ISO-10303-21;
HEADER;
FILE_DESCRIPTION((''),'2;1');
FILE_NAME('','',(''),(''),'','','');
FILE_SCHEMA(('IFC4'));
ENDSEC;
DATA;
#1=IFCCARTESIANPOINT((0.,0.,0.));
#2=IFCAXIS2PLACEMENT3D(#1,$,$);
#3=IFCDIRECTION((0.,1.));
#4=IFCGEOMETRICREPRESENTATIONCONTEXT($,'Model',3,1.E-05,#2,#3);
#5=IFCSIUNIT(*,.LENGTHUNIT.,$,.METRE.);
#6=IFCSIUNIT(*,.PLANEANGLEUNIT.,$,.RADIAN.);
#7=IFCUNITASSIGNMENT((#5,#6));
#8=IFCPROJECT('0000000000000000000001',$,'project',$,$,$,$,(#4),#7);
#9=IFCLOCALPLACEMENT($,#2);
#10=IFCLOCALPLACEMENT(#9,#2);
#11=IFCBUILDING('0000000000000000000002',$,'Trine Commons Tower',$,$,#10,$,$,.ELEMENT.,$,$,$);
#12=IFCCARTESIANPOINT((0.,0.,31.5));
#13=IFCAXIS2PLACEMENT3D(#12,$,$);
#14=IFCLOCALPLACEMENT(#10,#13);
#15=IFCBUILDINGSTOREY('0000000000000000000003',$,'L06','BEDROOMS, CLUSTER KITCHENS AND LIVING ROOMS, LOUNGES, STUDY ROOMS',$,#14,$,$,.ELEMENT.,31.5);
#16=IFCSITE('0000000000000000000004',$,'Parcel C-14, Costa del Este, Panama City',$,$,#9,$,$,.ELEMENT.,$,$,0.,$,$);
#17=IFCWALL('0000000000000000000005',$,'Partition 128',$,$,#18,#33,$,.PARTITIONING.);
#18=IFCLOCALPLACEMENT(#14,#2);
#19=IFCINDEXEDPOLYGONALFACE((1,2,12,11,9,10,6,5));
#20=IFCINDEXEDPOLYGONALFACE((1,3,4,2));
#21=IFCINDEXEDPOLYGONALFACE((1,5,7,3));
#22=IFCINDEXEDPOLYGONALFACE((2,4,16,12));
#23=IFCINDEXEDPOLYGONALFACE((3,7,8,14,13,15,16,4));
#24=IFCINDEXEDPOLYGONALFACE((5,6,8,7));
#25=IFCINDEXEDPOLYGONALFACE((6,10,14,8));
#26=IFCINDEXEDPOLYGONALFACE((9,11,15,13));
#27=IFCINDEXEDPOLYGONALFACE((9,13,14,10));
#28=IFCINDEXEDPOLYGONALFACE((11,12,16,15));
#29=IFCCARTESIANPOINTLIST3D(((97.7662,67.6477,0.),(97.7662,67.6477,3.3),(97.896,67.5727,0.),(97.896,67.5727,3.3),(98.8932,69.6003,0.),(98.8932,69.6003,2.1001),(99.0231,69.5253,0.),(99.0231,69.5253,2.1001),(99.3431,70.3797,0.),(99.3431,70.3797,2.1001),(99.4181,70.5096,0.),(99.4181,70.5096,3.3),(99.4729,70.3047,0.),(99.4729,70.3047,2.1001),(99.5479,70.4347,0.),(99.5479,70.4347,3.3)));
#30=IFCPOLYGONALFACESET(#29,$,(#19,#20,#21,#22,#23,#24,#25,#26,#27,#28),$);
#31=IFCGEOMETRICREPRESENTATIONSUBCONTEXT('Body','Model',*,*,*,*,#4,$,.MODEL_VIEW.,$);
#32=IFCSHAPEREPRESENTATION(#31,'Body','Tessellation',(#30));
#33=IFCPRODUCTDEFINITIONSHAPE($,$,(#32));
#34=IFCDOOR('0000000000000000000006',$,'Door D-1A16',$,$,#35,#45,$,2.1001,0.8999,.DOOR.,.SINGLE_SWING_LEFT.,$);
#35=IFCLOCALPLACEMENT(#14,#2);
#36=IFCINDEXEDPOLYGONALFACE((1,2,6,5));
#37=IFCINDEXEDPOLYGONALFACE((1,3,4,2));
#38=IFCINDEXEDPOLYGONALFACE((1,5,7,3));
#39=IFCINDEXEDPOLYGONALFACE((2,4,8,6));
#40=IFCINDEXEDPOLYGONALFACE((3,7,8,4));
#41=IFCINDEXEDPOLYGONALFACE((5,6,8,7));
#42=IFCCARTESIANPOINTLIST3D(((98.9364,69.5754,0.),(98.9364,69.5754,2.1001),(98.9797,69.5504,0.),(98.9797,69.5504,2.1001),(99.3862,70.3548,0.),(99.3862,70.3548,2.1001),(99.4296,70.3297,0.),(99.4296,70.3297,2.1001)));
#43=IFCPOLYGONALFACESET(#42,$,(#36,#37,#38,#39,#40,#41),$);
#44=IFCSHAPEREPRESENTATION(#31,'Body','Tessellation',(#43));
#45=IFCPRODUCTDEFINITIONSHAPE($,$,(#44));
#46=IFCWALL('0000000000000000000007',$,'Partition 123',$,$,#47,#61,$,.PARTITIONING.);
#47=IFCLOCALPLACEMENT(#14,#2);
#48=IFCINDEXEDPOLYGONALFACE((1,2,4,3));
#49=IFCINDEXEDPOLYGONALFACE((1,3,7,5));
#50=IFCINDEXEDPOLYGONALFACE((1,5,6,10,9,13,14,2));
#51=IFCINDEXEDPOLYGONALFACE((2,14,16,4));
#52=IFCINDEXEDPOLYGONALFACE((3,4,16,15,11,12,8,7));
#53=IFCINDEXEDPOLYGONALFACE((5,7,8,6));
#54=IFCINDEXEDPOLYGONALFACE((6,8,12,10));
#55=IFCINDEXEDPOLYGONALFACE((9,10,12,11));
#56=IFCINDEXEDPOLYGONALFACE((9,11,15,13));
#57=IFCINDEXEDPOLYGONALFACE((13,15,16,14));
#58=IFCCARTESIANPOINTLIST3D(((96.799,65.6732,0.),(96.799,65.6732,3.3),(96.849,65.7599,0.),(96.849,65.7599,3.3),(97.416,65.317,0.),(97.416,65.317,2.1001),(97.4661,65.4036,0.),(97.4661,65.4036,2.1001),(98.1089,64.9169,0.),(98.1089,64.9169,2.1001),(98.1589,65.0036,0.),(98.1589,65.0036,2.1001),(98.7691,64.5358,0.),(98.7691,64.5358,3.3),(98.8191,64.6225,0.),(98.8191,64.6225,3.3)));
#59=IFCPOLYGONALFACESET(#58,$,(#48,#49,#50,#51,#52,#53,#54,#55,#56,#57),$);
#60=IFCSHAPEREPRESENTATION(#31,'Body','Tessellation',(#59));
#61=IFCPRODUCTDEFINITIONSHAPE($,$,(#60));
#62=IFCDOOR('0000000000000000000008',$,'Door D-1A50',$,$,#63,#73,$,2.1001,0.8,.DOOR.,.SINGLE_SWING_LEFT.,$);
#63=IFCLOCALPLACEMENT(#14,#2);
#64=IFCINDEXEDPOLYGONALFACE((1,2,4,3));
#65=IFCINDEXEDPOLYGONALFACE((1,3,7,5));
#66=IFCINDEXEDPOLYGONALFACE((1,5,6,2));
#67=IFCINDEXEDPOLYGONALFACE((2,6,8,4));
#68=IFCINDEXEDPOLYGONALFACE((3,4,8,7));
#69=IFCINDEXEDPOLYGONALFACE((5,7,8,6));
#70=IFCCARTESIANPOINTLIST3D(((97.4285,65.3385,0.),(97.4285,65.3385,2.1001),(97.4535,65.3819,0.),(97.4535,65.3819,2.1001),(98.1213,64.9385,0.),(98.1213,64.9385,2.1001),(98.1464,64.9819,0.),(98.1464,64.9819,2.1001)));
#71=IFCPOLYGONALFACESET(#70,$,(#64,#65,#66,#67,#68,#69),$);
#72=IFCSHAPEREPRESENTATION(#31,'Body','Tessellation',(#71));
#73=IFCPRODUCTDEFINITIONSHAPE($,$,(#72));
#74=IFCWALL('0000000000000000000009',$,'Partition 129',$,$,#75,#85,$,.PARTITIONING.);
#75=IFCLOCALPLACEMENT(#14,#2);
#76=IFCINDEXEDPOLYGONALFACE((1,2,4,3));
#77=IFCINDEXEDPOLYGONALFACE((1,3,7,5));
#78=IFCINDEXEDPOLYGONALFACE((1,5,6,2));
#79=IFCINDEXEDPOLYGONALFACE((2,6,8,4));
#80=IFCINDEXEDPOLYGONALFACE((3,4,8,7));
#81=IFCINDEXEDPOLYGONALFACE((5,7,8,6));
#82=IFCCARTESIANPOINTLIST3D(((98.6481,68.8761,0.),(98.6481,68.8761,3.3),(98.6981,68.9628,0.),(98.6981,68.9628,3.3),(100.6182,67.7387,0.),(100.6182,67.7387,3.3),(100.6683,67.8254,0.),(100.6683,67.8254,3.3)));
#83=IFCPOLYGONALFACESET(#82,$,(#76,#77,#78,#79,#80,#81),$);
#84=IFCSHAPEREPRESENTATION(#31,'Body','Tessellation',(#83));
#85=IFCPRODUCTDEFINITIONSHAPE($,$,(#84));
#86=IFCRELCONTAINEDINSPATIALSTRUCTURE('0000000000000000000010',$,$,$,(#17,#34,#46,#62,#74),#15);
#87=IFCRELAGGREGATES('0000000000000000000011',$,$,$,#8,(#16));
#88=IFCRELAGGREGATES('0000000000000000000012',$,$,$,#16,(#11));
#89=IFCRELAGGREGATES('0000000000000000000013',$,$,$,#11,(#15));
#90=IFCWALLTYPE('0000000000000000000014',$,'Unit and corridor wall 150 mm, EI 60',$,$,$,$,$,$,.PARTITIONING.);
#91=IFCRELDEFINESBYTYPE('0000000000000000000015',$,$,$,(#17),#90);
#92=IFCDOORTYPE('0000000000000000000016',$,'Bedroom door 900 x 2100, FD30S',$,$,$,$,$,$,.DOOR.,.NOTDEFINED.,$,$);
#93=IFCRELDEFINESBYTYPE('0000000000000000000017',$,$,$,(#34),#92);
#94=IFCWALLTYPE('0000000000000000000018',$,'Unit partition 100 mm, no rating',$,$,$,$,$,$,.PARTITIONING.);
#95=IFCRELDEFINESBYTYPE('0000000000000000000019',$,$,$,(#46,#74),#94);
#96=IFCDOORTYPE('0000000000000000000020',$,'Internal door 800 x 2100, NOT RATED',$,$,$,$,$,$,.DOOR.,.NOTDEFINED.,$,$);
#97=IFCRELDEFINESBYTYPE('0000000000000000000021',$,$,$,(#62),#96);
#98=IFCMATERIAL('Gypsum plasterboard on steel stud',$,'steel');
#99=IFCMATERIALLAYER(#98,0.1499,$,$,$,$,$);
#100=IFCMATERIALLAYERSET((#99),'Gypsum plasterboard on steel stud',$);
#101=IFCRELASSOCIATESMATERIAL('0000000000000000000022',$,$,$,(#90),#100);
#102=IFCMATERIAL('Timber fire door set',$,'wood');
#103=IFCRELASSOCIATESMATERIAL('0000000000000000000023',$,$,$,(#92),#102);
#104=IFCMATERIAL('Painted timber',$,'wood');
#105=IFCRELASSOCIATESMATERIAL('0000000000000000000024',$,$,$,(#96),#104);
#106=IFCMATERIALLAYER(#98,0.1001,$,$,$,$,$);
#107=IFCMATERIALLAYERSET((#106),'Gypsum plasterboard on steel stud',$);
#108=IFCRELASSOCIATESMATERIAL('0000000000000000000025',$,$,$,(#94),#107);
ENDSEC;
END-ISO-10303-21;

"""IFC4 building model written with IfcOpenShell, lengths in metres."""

from ifc_helpers import new_model, si_unit, direction, frame, frame_2d, origin, place, context, subcontext, project, spatial, rectangle, extrude, material, layer, layer_set, type_object, element, fill, save


model = new_model("IFC4")

# Units and contexts
model_context = context("Model", 3, precision=1e-05, world=origin(), true_north=direction((0.0, 1.0)))
body_context = subcontext(model_context, "Body", "Model", "MODEL_VIEW")
ifc_project = project(units=[si_unit("LENGTHUNIT", "METRE"), si_unit("PLANEANGLEUNIT", "RADIAN")], contexts=[model_context])

# Site, building, storey
site_placement = place(None, origin())
site = spatial("IfcSite", under=ifc_project, at=site_placement, Name="Parcel C-14, Costa del Este, Panama City", CompositionType="ELEMENT", RefElevation=0.0)
building_placement = place(site_placement, origin())
building = spatial("IfcBuilding", under=site, at=building_placement, Name="Trine Commons Tower", CompositionType="ELEMENT")
storey_placement = place(building_placement, frame((0.0, 0.0, 31.5)))
storey = spatial("IfcBuildingStorey", under=building, at=storey_placement, Name="L06", Description="BEDROOMS, CLUSTER KITCHENS AND LIVING ROOMS, LOUNGES, STUDY ROOMS", CompositionType="ELEMENT", Elevation=31.5)

# Shared definitions
ifc_material_1 = material(Name="Gypsum plasterboard on steel stud", Category="steel")
ifc_layer_1 = layer(ifc_material_1, 0.1499)
ifc_layer_set_1 = layer_set([ifc_layer_1], Name="Gypsum plasterboard on steel stud")
wall_type_1 = type_object("IfcWallType", Name="Unit and corridor wall 150 mm, EI 60", PredefinedType="PARTITIONING", material=ifc_layer_set_1)

# Shared definitions
ifc_material_2 = material(Name="Timber fire door set", Category="wood")
door_type_1 = type_object("IfcDoorType", Name="Bedroom door 900 x 2100, FD30S", OperationType="NOTDEFINED", PredefinedType="DOOR", material=ifc_material_2)

# Walls, openings, doors
ifc_material_3 = material(Name="Painted timber", Category="wood")
door_type_2 = type_object("IfcDoorType", Name="Internal door 800 x 2100, NOT RATED", OperationType="NOTDEFINED", PredefinedType="DOOR", material=ifc_material_3)
wall_1_placement = place(storey_placement, frame((97.8311, 67.6101, 0.0), z_axis=(0.0, 0.0, 1.0), x_axis=(0.499906, 0.86608, 0.0)))
wall_1 = element("IfcWall", 1, at=wall_1_placement, inside=storey, type_object=wall_type_1, Name="Partition 128", PredefinedType="PARTITIONING", context=body_context, shape_type="SweptSolid", body=[
    extrude(rectangle(XDim=3.3044, YDim=0.1499, at=frame_2d((1.6523, 0.0))), origin(), (0.0, 0.0, 1.0), 3.3),
])
opening_1_placement = place(wall_1_placement, frame((2.2546, 0.0, 0.0)))
opening_1 = element("IfcOpeningElement", 2, at=opening_1_placement, cuts=wall_1, PredefinedType="OPENING", context=body_context, shape_type="SweptSolid", body=[
    extrude(rectangle(XDim=0.8999, YDim=2.1001, at=frame_2d((0.45, 1.05))), frame((0.0, 0.085, 0.0), z_axis=(0.0, -1.0, 0.0), x_axis=(1.0, 0.0, 0.0)), (0.0, 0.0, 1.0), 0.1699),
])
door_1_placement = place(opening_1_placement, frame((0.8999, 0.0, 0.0), z_axis=(0.0, 0.0, 1.0), x_axis=(-1.0, 0.0, 0.0)))
door_1 = element("IfcDoor", 3, at=door_1_placement, inside=storey, type_object=door_type_1, Name="Door D-1A16", OperationType="SINGLE_SWING_LEFT", OverallHeight=2.1001, OverallWidth=0.8999, PredefinedType="DOOR", context=body_context, shape_type="SweptSolid", body=[
    extrude(rectangle(XDim=0.8999, YDim=2.1001, at=frame_2d((0.45, 1.05))), frame((0.0, 0.0249, 0.0), z_axis=(0.0, -1.0, 0.0), x_axis=(1.0, 0.0, 0.0)), (0.0, 0.0, 1.0), 0.05),
])
fill(opening_1, door_1)
ifc_layer_2 = layer(ifc_material_1, 0.1001)
ifc_layer_set_2 = layer_set([ifc_layer_2], Name="Gypsum plasterboard on steel stud")
wall_type_2 = type_object("IfcWallType", Name="Unit partition 100 mm, no rating", PredefinedType="PARTITIONING", material=ifc_layer_set_2)
wall_2_placement = place(storey_placement, frame((96.824, 65.7166, 0.0), z_axis=(0.0, 0.0, 1.0), x_axis=(0.866035, -0.499983, 0.0)))
wall_2 = element("IfcWall", 4, at=wall_2_placement, inside=storey, type_object=wall_type_2, Name="Partition 123", PredefinedType="PARTITIONING", context=body_context, shape_type="SweptSolid", body=[
    extrude(rectangle(XDim=2.2749, YDim=0.1001, at=frame_2d((1.1375, 0.0))), origin(), (0.0, 0.0, 1.0), 3.3),
])
opening_2_placement = place(wall_2_placement, frame((0.7126, 0.0, 0.0)))
opening_2 = element("IfcOpeningElement", 5, at=opening_2_placement, cuts=wall_2, PredefinedType="OPENING", context=body_context, shape_type="SweptSolid", body=[
    extrude(rectangle(XDim=0.8, YDim=2.1001, at=frame_2d((0.3999, 1.05))), frame((0.0, 0.0601, 0.0), z_axis=(0.0, -1.0, 0.0), x_axis=(1.0, 0.0, 0.0)), (0.0, 0.0, 1.0), 0.1201),
])
door_2_placement = place(opening_2_placement, origin())
door_2 = element("IfcDoor", 6, at=door_2_placement, inside=storey, type_object=door_type_2, Name="Door D-1A50", OperationType="SINGLE_SWING_LEFT", OverallHeight=2.1001, OverallWidth=0.8, PredefinedType="DOOR", context=body_context, shape_type="SweptSolid", body=[
    extrude(rectangle(XDim=0.8, YDim=2.1001, at=frame_2d((0.3999, 1.05))), frame((0.0, 0.0249, 0.0), z_axis=(0.0, -1.0, 0.0), x_axis=(1.0, 0.0, 0.0)), (0.0, 0.0, 1.0), 0.05),
])
fill(opening_2, door_2)

# Wall
wall_3_placement = place(storey_placement, frame((98.6731, 68.9194, 0.0), z_axis=(0.0, 0.0, 1.0), x_axis=(0.866035, -0.499983, 0.0)))
element("IfcWall", 7, at=wall_3_placement, inside=storey, type_object=wall_type_2, Name="Partition 129", PredefinedType="PARTITIONING", context=body_context, shape_type="SweptSolid", body=[
    extrude(rectangle(XDim=2.2749, YDim=0.1001, at=frame_2d((1.1375, 0.0))), origin(), (0.0, 0.0, 1.0), 3.3),
])

save(model, "model.ifc")
